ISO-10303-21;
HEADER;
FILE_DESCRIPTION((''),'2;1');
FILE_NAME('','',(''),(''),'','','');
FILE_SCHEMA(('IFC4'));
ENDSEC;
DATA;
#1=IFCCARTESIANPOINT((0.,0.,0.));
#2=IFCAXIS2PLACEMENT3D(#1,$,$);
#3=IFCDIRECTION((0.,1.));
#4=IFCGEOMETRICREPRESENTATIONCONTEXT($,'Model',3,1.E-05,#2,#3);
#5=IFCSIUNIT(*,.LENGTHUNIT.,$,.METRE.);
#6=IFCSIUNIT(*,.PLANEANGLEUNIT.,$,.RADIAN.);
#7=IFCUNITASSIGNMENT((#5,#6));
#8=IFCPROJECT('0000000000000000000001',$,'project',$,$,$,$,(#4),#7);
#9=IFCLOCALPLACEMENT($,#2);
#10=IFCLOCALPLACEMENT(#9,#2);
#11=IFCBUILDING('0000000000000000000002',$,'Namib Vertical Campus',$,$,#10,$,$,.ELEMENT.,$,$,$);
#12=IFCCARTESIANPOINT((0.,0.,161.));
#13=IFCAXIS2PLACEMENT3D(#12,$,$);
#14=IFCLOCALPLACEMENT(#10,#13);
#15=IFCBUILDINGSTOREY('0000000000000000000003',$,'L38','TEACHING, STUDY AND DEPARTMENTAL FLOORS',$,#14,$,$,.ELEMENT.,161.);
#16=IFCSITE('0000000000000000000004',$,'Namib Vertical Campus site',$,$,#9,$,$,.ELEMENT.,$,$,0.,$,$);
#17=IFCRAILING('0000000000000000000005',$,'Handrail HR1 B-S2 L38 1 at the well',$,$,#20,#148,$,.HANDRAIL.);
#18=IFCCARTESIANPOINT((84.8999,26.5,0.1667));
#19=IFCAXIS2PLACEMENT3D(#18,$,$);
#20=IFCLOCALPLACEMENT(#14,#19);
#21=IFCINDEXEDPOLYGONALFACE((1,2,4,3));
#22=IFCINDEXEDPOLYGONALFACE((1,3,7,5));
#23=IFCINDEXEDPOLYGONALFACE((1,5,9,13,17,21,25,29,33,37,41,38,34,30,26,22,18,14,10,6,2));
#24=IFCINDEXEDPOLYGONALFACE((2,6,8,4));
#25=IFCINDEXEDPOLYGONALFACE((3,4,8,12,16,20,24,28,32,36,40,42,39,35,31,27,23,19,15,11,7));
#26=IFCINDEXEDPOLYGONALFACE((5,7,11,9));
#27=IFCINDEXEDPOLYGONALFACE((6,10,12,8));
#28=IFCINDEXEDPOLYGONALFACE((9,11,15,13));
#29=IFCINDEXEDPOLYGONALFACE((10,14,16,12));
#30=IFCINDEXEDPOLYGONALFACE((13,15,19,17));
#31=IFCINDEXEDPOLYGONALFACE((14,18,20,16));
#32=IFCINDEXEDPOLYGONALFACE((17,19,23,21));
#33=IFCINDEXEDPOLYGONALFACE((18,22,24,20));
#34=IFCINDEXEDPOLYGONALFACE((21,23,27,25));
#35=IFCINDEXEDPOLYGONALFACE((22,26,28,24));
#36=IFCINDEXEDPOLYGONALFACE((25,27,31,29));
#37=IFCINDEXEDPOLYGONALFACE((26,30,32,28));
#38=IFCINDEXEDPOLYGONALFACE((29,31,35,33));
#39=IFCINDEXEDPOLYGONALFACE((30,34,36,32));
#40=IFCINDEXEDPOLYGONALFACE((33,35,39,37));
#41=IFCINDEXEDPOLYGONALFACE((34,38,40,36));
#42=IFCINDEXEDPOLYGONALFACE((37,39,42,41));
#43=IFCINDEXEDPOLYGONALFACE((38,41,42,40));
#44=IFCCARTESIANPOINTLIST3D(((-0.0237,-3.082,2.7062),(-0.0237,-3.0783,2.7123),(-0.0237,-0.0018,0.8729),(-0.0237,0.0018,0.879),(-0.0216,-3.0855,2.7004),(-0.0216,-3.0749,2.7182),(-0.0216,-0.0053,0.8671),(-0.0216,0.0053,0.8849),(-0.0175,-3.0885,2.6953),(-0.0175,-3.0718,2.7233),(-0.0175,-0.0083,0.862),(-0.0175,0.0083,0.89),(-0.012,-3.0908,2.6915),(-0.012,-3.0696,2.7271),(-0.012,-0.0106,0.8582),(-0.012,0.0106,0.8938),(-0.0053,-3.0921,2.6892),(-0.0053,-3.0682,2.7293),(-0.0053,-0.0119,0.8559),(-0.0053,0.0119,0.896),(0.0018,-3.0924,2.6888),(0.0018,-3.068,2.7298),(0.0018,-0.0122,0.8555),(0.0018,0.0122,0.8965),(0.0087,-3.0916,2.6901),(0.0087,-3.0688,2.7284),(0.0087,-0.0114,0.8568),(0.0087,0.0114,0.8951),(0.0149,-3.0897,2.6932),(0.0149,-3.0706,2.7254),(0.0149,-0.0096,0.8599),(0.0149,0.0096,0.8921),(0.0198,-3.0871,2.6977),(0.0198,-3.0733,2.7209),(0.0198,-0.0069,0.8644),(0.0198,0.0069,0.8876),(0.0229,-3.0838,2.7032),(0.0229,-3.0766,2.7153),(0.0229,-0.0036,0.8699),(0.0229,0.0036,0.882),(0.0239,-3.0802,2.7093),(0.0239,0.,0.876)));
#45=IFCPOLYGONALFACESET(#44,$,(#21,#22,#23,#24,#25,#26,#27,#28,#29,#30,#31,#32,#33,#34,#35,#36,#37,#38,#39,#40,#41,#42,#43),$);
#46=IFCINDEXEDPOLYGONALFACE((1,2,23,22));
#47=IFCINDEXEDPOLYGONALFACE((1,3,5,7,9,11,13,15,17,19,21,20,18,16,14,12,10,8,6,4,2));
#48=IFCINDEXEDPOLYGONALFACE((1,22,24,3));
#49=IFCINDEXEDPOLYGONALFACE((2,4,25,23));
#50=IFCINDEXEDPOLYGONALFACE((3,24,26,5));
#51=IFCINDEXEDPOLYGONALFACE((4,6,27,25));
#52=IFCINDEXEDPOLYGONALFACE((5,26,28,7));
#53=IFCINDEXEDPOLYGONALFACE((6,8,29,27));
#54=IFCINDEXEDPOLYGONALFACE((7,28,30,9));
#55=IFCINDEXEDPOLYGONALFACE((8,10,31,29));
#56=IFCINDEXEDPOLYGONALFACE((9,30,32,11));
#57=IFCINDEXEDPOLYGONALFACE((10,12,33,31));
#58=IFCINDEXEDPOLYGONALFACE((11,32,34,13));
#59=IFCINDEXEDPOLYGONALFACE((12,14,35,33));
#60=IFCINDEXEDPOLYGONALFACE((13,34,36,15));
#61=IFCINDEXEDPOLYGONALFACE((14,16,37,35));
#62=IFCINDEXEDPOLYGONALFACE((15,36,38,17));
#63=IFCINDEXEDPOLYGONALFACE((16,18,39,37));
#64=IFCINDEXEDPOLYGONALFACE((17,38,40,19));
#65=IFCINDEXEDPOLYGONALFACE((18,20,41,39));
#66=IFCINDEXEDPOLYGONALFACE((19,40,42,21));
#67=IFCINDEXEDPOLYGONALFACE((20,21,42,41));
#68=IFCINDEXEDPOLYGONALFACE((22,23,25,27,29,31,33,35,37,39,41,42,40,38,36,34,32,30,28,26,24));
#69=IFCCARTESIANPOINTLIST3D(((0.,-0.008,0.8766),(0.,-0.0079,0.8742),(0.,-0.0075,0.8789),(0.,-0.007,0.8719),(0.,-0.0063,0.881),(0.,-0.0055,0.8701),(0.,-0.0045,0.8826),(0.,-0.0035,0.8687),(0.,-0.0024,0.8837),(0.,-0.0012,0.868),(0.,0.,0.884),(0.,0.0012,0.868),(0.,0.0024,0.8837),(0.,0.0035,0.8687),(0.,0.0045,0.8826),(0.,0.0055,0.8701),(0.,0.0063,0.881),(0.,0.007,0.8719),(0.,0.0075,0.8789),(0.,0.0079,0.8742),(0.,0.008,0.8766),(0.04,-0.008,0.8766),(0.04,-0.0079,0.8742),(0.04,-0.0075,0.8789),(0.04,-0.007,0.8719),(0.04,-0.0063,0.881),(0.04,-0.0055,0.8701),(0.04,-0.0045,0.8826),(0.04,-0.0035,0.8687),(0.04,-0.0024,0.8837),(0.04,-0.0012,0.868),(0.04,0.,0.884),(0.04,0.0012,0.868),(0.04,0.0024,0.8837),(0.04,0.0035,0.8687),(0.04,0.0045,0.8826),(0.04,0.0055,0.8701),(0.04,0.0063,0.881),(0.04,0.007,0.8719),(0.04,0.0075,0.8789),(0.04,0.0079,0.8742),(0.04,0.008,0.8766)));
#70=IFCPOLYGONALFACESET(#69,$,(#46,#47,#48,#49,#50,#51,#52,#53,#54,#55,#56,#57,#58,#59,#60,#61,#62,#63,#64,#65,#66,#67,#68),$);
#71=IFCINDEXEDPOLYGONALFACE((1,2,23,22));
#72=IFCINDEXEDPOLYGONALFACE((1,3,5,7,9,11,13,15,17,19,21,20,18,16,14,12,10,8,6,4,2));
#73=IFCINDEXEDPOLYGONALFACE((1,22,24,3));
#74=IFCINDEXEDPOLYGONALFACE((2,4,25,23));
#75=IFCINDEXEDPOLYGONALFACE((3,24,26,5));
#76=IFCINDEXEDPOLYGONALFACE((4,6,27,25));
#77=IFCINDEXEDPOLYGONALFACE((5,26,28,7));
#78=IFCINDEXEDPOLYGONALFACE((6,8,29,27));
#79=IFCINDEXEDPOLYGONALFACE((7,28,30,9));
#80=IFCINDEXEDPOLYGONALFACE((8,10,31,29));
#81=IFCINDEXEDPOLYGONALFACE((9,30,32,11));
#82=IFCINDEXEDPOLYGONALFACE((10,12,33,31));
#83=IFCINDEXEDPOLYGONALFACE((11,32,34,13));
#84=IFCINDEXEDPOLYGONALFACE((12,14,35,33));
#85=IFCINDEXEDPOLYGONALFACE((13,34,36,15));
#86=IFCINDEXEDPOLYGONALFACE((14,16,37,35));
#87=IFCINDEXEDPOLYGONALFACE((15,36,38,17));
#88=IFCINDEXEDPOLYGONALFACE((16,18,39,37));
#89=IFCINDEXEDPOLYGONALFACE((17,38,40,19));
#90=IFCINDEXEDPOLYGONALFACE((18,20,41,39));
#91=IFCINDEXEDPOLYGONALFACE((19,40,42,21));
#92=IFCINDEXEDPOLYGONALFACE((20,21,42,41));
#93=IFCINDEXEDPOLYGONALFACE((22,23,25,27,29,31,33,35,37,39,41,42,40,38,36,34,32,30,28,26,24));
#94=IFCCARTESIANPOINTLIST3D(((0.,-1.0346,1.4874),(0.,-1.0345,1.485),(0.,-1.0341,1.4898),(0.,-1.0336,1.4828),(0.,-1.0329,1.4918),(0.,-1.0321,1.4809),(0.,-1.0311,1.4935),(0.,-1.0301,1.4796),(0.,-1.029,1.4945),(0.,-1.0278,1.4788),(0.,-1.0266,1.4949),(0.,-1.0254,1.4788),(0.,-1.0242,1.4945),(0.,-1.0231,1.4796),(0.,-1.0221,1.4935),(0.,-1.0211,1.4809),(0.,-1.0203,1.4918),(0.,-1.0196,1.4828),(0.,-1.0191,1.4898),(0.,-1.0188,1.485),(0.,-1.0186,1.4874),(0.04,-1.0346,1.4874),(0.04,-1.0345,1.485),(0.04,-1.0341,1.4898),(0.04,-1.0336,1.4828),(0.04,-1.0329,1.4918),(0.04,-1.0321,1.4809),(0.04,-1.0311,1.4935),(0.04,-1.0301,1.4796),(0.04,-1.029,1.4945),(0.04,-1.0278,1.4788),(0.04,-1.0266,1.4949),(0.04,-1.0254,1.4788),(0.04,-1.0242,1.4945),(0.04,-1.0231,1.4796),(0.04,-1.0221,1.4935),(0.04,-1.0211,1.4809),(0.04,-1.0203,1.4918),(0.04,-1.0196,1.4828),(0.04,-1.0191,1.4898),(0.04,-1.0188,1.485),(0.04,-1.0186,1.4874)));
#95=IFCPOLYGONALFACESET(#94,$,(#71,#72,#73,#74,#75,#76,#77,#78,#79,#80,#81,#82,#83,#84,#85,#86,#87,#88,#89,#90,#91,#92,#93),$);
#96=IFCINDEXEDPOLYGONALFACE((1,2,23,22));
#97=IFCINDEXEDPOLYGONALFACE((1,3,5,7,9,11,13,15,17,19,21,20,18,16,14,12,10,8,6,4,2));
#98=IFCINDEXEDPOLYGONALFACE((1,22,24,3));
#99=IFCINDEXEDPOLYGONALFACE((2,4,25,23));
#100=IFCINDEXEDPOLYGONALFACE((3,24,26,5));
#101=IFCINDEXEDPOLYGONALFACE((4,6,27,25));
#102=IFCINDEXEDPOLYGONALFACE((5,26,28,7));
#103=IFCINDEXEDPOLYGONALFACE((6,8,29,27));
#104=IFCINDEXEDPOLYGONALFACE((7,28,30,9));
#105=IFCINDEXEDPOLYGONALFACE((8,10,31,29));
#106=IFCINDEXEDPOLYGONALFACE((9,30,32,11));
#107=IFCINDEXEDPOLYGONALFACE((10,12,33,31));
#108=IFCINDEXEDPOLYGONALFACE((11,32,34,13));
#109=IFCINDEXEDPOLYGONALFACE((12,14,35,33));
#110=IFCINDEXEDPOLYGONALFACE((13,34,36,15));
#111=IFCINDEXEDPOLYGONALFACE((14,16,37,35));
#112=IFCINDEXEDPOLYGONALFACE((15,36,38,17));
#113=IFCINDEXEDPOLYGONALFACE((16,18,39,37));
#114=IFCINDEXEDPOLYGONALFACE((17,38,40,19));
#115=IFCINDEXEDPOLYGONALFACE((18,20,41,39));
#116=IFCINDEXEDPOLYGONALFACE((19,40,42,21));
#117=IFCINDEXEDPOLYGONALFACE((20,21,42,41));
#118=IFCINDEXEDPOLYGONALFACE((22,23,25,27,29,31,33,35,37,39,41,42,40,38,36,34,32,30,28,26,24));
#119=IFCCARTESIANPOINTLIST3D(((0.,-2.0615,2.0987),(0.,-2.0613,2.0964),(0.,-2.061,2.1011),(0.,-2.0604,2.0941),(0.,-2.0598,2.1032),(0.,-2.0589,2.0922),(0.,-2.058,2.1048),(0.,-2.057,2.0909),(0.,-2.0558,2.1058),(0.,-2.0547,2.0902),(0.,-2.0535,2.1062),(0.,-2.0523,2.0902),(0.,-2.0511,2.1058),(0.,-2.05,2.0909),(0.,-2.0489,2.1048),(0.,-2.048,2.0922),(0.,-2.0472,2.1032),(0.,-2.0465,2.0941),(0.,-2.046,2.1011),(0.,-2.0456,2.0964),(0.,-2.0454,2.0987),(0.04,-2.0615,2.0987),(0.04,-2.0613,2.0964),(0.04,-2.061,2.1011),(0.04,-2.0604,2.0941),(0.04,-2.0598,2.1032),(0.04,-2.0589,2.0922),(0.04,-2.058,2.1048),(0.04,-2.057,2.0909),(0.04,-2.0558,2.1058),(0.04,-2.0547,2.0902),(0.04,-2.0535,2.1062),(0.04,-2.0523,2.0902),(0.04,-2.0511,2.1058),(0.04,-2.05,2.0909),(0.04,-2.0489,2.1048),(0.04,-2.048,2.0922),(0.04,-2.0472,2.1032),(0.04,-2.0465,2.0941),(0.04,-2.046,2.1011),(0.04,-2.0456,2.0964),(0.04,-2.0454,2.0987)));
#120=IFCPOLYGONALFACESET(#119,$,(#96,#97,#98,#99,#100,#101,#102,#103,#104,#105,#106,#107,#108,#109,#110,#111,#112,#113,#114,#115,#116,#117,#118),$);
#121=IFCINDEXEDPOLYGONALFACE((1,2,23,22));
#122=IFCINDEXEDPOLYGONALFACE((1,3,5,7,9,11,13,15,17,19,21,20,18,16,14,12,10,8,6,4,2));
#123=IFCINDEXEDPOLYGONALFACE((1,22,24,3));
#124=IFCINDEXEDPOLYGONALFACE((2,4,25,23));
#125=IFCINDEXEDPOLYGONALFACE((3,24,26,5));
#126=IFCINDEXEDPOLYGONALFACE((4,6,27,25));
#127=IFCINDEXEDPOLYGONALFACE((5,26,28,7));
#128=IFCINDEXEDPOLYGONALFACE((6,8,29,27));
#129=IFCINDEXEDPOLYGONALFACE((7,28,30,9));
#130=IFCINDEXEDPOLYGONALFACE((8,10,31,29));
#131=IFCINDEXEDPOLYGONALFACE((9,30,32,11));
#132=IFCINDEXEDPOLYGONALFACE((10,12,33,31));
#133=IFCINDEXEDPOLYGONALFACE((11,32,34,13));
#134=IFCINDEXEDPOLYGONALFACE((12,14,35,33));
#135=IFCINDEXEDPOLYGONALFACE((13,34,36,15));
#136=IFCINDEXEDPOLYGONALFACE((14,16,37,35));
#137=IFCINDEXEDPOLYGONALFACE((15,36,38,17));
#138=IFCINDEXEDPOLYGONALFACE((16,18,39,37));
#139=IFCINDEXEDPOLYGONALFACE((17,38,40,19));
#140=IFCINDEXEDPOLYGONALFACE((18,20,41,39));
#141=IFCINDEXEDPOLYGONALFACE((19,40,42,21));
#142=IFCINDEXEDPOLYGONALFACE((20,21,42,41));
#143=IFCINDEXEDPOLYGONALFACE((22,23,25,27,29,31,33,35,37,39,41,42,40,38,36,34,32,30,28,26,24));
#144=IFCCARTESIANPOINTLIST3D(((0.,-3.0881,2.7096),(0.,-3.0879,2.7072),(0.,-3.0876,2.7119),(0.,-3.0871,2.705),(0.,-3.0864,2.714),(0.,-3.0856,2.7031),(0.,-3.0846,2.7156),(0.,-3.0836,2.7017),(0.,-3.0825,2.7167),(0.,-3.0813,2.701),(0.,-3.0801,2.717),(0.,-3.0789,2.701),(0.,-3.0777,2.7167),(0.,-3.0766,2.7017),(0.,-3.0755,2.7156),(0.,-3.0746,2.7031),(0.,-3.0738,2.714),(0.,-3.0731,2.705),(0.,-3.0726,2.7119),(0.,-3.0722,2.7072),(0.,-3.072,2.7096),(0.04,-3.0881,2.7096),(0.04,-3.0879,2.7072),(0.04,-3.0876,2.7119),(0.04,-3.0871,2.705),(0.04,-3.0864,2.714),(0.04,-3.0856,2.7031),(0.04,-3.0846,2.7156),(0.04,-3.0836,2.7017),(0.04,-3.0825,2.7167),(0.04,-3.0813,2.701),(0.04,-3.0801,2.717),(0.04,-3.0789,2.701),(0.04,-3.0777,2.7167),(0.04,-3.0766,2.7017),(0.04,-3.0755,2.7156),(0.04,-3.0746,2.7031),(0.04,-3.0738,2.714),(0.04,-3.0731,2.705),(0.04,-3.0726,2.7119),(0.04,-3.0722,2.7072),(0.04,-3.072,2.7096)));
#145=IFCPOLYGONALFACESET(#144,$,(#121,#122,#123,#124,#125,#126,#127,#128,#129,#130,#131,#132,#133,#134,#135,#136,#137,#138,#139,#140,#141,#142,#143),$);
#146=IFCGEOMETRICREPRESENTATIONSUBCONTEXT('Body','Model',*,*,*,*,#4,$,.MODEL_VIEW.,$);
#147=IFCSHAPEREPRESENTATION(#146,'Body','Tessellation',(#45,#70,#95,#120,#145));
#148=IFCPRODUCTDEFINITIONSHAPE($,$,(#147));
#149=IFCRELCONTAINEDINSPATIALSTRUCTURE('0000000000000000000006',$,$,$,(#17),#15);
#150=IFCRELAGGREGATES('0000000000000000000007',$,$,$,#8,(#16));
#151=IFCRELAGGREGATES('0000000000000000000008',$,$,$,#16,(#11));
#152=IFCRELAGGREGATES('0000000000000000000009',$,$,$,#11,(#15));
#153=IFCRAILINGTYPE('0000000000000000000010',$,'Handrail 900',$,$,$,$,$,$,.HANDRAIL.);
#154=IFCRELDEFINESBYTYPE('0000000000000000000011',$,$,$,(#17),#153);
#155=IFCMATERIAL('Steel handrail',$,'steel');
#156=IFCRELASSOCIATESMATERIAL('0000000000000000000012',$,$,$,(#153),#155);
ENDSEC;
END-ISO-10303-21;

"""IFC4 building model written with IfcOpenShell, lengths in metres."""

from ifc_helpers import new_model, si_unit, direction, frame, origin, origin_2d, place, context, subcontext, project, spatial, circle, extrude, material, type_object, element, save


model = new_model("IFC4")

# Units and contexts
model_context = context("Model", 3, precision=1e-05, world=origin(), true_north=direction((0.0, 1.0)))
body_context = subcontext(model_context, "Body", "Model", "MODEL_VIEW")
ifc_project = project(units=[si_unit("LENGTHUNIT", "METRE"), si_unit("PLANEANGLEUNIT", "RADIAN")], contexts=[model_context])

# Site, building, storey
site_placement = place(None, origin())
site = spatial("IfcSite", under=ifc_project, at=site_placement, Name="Namib Vertical Campus site", CompositionType="ELEMENT", RefElevation=0.0)
building_placement = place(site_placement, origin())
building = spatial("IfcBuilding", under=site, at=building_placement, Name="Namib Vertical Campus", CompositionType="ELEMENT")
storey_placement = place(building_placement, frame((0.0, 0.0, 161.0)))
storey = spatial("IfcBuildingStorey", under=building, at=storey_placement, Name="L38", Description="TEACHING, STUDY AND DEPARTMENTAL FLOORS", CompositionType="ELEMENT", Elevation=161.0)

# Railing
ifc_material_1 = material(Name="Steel handrail", Category="steel")
railing_type_1 = type_object("IfcRailingType", Name="Handrail 900", PredefinedType="HANDRAIL", material=ifc_material_1)
railing_1_placement = place(storey_placement, frame((84.8999, 26.5, 0.1667)))
element("IfcRailing", 1, at=railing_1_placement, inside=storey, type_object=railing_type_1, Name="Handrail HR1 B-S2 L38 1 at the well", PredefinedType="HANDRAIL", context=body_context, shape_type="SweptSolid", body=[
    extrude(circle(Radius=0.0239, at=origin_2d()), frame((0.0, 0.0, 0.876), z_axis=(0.0, -0.859309, 0.511458), x_axis=(1.0, 0.0, 0.0)), (0.0, 0.0, 1.0), 3.5845),
    extrude(circle(Radius=0.0081, at=origin_2d()), frame((0.0, 0.0, 0.876), z_axis=(1.0, 0.0, 0.0), x_axis=(0.0, 0.0, 1.0)), (0.0, 0.0, 1.0), 0.04),
    extrude(circle(Radius=0.0081, at=origin_2d()), frame((0.0, -1.0266, 1.4868), z_axis=(1.0, 0.0, 0.0), x_axis=(0.0, 0.0, 1.0)), (0.0, 0.0, 1.0), 0.04),
    extrude(circle(Radius=0.0081, at=origin_2d()), frame((0.0, -2.0535, 2.0981), z_axis=(1.0, 0.0, 0.0), x_axis=(0.0, 0.0, 1.0)), (0.0, 0.0, 1.0), 0.04),
    extrude(circle(Radius=0.0081, at=origin_2d()), frame((0.0, -3.0801, 2.709), z_axis=(1.0, 0.0, 0.0), x_axis=(0.0, 0.0, 1.0)), (0.0, 0.0, 1.0), 0.04),
])

save(model, "model.ifc")
